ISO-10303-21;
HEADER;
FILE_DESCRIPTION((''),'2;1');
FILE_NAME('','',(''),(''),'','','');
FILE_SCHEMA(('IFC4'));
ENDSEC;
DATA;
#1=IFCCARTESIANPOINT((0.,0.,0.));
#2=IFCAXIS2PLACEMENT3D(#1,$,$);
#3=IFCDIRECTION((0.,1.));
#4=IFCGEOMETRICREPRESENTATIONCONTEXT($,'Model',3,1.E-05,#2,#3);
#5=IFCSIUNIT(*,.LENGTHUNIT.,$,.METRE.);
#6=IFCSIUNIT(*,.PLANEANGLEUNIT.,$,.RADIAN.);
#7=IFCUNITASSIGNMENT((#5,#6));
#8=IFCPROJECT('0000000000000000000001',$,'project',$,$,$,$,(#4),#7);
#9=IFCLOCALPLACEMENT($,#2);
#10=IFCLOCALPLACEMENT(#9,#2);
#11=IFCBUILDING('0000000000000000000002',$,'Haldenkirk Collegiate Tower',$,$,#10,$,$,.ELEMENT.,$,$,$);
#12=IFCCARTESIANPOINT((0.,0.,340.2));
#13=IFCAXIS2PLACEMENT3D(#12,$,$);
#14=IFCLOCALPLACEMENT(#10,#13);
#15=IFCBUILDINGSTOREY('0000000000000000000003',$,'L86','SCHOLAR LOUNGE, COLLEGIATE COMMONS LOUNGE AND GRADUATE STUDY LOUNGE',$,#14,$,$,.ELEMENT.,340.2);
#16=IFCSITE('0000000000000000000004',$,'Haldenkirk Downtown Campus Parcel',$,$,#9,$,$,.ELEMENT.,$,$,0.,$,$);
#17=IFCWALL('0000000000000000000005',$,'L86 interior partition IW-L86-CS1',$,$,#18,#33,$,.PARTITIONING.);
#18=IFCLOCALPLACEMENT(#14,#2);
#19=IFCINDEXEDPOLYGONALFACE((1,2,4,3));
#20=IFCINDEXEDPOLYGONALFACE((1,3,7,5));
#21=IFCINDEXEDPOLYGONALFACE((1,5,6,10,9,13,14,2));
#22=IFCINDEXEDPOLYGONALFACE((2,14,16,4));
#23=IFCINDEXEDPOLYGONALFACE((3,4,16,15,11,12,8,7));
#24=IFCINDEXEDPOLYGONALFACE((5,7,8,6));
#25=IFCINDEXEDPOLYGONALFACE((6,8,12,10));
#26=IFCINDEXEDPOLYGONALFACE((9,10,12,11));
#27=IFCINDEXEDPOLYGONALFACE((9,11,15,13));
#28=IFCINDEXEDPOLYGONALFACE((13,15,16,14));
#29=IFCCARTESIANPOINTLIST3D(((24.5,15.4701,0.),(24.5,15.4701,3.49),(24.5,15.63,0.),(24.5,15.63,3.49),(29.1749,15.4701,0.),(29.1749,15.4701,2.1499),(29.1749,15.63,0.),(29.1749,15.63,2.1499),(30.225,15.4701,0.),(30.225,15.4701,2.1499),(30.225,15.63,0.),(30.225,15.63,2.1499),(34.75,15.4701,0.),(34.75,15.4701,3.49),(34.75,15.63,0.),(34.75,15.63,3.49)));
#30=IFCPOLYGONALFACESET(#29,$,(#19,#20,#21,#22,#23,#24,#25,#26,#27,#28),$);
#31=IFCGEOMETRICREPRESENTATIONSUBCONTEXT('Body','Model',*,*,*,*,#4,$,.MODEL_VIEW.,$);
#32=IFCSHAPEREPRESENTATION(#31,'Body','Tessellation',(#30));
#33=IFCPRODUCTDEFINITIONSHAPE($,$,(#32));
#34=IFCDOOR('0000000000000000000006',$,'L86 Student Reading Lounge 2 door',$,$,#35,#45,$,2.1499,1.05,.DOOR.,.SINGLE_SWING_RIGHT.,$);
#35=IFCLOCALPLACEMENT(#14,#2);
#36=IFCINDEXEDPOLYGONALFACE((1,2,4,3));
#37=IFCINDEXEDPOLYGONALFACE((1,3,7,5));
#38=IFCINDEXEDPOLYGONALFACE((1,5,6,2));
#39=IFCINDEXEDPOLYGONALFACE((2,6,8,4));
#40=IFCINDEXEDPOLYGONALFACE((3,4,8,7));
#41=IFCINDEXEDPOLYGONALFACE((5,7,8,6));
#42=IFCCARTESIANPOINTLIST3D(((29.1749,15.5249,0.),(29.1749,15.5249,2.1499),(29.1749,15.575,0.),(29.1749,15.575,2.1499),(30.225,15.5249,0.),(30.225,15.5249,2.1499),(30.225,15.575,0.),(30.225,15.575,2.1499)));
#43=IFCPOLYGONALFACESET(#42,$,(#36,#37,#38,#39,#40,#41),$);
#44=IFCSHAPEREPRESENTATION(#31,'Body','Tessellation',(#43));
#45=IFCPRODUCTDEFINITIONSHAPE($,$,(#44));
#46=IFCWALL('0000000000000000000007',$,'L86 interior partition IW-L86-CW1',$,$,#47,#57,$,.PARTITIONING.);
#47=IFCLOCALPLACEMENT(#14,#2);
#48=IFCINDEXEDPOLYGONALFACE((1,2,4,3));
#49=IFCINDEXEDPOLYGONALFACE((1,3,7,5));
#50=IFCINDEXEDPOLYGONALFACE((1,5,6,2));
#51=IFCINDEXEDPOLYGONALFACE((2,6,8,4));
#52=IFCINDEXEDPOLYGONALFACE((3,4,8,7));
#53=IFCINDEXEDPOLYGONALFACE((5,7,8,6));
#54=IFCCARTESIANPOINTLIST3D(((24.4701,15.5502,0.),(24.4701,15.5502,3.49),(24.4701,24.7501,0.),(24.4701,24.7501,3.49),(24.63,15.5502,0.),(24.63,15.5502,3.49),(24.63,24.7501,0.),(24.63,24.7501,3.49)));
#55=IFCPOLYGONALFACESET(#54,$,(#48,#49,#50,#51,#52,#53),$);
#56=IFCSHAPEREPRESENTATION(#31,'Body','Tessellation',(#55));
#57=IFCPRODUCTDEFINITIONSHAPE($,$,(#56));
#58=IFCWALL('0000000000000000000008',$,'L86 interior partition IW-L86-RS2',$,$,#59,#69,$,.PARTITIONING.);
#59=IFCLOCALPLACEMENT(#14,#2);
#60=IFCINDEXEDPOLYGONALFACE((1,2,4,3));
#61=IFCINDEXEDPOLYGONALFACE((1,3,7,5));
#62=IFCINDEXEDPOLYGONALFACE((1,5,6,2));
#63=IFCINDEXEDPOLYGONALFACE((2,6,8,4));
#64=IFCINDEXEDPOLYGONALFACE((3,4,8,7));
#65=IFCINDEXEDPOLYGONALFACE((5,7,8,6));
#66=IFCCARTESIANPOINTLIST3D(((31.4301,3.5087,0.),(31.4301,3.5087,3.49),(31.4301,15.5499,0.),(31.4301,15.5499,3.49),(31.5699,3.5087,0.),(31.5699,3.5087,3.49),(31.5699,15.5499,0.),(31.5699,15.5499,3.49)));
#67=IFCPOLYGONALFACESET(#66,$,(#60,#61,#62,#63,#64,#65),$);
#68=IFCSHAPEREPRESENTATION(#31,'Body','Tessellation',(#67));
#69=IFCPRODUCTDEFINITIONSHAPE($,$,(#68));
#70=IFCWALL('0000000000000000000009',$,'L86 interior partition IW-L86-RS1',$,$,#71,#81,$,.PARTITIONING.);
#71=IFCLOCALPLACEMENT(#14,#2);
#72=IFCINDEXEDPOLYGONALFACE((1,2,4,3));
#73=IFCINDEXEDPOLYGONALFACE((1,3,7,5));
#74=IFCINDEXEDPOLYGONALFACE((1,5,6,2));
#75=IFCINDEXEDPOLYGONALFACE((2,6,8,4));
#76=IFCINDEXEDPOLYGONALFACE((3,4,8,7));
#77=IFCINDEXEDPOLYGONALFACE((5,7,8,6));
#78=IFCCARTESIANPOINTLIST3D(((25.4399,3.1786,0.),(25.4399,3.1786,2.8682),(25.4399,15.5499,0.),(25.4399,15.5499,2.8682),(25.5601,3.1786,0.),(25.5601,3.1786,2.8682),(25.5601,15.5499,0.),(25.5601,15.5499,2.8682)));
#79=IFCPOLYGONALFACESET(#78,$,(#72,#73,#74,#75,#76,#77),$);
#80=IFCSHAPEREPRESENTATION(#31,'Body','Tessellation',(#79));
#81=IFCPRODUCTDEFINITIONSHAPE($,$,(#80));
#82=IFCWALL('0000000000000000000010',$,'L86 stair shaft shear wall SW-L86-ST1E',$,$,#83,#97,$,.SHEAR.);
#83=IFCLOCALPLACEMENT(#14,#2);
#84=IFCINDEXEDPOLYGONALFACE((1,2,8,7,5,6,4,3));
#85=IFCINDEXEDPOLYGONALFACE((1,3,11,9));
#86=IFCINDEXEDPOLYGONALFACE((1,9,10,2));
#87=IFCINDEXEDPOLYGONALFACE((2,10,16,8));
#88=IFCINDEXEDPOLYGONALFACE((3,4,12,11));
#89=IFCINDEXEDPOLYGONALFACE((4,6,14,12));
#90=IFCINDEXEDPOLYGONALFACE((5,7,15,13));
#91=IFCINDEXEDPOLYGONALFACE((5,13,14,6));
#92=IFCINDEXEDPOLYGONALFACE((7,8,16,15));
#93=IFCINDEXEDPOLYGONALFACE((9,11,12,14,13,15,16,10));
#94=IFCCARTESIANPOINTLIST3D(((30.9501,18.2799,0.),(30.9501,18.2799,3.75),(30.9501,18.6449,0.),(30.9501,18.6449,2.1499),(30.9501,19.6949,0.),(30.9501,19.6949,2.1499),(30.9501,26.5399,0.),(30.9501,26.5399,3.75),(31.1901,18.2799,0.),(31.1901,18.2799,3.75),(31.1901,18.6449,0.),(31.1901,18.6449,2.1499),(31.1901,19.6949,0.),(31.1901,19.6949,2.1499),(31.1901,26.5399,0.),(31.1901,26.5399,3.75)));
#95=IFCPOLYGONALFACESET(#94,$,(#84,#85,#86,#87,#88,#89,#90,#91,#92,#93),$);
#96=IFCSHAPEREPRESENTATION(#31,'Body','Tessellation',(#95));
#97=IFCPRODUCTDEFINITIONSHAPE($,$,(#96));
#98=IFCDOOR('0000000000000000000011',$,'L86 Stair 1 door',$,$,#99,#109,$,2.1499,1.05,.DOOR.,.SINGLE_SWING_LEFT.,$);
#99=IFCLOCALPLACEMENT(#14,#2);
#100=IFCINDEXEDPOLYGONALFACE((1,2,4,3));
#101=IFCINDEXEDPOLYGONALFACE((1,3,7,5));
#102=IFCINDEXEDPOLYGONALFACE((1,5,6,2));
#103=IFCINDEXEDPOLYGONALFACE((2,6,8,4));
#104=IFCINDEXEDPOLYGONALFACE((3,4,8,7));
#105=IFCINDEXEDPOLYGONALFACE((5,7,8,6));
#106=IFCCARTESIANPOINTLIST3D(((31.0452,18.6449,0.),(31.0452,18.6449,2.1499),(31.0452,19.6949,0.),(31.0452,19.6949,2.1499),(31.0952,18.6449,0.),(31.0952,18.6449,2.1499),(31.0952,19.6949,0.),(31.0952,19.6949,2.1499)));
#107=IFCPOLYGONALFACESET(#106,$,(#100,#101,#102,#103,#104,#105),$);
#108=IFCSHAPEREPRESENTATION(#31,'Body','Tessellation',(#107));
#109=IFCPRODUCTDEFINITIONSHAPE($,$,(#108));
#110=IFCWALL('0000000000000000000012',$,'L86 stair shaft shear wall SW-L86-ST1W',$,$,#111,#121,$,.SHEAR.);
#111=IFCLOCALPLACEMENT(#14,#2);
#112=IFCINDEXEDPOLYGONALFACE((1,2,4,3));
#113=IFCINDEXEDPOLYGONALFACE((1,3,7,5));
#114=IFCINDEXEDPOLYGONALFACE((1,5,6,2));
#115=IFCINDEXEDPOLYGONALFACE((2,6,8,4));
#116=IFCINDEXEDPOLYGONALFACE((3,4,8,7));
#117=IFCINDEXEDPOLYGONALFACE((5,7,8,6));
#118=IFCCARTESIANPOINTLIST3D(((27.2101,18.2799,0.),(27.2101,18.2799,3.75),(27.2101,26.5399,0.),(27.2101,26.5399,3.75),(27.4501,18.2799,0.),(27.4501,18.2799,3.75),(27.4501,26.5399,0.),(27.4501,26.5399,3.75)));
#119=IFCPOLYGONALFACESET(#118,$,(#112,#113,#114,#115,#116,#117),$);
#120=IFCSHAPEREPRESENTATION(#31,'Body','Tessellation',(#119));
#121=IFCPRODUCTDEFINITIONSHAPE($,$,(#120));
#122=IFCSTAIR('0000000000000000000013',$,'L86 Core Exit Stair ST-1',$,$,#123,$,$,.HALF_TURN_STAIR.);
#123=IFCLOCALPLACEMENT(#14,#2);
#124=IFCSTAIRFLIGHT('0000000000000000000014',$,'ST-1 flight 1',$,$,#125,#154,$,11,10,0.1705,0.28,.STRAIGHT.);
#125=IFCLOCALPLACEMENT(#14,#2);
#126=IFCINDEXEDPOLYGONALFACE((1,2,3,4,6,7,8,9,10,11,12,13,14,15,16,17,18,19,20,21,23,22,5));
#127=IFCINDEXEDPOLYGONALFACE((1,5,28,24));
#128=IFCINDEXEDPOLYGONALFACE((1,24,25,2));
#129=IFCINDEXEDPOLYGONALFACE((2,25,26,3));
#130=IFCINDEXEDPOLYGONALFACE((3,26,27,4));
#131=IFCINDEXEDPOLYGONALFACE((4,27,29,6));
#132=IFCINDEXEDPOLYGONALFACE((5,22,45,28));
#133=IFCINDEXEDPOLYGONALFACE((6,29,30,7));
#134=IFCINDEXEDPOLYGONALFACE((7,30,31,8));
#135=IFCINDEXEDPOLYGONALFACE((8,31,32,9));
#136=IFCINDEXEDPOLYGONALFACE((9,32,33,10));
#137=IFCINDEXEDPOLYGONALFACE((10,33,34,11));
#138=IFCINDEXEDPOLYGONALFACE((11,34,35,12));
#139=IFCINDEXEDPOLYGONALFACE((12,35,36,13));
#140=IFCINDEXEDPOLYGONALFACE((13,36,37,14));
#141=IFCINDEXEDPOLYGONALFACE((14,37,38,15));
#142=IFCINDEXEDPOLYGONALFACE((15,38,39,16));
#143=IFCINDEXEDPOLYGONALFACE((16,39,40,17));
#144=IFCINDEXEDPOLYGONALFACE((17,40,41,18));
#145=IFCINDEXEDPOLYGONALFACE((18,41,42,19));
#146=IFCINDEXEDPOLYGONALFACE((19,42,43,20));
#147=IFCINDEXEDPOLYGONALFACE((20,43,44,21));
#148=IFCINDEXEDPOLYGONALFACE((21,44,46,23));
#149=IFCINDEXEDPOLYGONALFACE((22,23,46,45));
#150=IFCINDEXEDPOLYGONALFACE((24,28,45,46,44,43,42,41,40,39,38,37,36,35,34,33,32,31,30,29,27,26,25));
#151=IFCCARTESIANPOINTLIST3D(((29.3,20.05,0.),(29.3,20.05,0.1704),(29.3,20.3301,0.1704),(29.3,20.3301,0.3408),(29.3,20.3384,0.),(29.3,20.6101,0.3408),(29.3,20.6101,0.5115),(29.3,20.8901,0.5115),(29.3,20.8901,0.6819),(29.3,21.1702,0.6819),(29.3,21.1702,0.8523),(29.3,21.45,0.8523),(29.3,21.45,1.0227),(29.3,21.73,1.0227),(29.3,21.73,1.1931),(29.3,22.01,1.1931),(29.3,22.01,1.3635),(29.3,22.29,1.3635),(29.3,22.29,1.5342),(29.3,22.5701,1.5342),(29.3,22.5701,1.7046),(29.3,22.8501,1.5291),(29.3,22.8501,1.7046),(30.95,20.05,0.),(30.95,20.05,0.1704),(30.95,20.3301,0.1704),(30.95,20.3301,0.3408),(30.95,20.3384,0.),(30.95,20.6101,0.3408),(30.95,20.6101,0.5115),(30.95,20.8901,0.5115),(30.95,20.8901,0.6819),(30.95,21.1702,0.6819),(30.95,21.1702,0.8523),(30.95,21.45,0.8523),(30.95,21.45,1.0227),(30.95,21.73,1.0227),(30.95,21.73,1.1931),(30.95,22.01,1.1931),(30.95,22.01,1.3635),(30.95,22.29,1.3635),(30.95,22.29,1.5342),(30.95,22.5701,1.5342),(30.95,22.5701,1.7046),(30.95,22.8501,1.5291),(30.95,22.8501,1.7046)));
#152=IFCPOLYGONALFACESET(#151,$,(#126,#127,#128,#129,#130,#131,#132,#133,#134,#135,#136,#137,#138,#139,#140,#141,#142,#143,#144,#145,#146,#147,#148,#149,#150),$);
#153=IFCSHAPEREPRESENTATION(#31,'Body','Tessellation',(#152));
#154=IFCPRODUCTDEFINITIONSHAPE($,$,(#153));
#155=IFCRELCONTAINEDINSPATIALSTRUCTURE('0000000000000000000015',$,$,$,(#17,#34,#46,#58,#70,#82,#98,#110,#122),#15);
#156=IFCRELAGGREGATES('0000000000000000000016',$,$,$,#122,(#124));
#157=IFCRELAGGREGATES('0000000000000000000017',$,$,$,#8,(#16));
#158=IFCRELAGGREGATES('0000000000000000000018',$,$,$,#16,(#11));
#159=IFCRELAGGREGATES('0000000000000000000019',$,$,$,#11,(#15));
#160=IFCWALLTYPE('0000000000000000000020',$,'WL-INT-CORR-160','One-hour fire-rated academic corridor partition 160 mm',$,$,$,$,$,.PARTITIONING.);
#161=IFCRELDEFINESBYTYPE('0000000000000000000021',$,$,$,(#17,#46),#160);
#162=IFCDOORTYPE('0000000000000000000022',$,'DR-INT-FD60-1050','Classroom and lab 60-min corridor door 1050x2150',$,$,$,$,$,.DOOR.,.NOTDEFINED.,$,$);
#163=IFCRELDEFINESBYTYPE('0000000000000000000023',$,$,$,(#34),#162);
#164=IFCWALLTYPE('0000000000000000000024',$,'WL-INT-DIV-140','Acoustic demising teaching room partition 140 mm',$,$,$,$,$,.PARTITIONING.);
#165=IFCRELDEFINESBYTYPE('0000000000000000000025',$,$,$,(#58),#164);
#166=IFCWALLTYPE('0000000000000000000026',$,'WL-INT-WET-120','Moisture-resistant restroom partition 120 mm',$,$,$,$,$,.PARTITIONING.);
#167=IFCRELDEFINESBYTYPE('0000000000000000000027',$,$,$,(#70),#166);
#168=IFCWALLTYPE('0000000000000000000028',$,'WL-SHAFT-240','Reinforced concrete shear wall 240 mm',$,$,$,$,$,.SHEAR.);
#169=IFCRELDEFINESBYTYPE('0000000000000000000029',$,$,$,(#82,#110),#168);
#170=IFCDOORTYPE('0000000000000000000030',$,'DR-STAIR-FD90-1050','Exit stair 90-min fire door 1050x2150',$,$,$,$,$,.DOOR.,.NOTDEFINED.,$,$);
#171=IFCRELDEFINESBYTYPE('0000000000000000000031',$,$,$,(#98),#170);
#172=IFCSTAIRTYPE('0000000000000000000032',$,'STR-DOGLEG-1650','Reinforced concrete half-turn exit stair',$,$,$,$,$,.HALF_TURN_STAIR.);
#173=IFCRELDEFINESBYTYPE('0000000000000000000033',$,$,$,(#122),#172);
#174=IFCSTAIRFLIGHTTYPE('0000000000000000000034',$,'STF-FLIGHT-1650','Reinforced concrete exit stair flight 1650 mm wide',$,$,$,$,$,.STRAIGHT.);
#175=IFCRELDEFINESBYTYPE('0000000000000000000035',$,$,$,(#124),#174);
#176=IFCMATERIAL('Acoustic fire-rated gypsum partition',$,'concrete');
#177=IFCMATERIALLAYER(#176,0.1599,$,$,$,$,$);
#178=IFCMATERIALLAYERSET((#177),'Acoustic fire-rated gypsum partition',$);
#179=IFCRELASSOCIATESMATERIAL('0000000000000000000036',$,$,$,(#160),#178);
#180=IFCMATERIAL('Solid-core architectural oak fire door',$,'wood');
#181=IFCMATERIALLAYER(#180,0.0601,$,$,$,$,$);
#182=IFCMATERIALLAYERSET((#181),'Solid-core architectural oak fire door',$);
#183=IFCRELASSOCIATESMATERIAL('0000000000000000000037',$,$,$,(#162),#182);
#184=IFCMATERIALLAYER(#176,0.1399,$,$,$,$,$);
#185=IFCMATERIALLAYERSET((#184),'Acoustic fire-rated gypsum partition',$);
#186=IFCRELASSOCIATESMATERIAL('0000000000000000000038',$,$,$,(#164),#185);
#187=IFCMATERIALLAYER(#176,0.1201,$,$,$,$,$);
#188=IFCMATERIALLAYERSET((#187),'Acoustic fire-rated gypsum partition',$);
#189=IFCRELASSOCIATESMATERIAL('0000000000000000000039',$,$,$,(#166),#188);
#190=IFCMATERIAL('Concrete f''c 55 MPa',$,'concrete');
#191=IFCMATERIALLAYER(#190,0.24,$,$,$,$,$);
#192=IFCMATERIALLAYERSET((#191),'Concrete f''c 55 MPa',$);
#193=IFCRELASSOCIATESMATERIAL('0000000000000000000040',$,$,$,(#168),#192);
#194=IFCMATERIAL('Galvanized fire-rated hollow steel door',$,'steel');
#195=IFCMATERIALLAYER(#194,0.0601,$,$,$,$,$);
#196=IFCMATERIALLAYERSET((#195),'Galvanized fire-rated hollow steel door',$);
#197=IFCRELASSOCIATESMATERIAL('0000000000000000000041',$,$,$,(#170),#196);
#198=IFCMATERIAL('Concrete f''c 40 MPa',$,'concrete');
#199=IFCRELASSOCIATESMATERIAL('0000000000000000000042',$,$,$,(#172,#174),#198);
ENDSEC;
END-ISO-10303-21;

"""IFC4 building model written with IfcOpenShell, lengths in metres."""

from ifc_helpers import new_model, si_unit, direction, frame, frame_2d, origin, place, context, subcontext, project, spatial, polyline, rectangle, outline, extrude, material, layer, layer_set, type_object, element, fill, aggregate, save


model = new_model("IFC4")

# Units and contexts
model_context = context("Model", 3, precision=1e-05, world=origin(), true_north=direction((0.0, 1.0)))
body_context = subcontext(model_context, "Body", "Model", "MODEL_VIEW")
ifc_project = project(units=[si_unit("LENGTHUNIT", "METRE"), si_unit("PLANEANGLEUNIT", "RADIAN")], contexts=[model_context])

# Site, building, storey
site_placement = place(None, origin())
site = spatial("IfcSite", under=ifc_project, at=site_placement, Name="Haldenkirk Downtown Campus Parcel", CompositionType="ELEMENT", RefElevation=0.0)
building_placement = place(site_placement, origin())
building = spatial("IfcBuilding", under=site, at=building_placement, Name="Haldenkirk Collegiate Tower", CompositionType="ELEMENT")
storey_placement = place(building_placement, frame((0.0, 0.0, 340.2)))
storey = spatial("IfcBuildingStorey", under=building, at=storey_placement, Name="L86", Description="SCHOLAR LOUNGE, COLLEGIATE COMMONS LOUNGE AND GRADUATE STUDY LOUNGE", CompositionType="ELEMENT", Elevation=340.2)

# Shared definitions
ifc_material_1 = material(Name="Concrete f'c 55 MPa", Category="concrete")
ifc_material_2 = material(Name="Galvanized fire-rated hollow steel door", Category="steel")

# Wall, opening, door
ifc_material_3 = material(Name="Acoustic fire-rated gypsum partition", Category="concrete")
ifc_layer_1 = layer(ifc_material_3, 0.1599)
ifc_layer_set_1 = layer_set([ifc_layer_1], Name="Acoustic fire-rated gypsum partition")
wall_type_1 = type_object("IfcWallType", Name="WL-INT-CORR-160", Description="One-hour fire-rated academic corridor partition 160 mm", PredefinedType="PARTITIONING", material=ifc_layer_set_1)
wall_1_placement = place(storey_placement, frame((24.5, 15.55, 0.0), z_axis=(0.0, 0.0, 1.0), x_axis=(1.0, 0.0, 0.0)))
wall_1 = element("IfcWall", 1, at=wall_1_placement, inside=storey, type_object=wall_type_1, Name="L86 interior partition IW-L86-CS1", PredefinedType="PARTITIONING", context=body_context, shape_type="SweptSolid", body=[
    extrude(rectangle(XDim=10.25, YDim=0.1599, at=frame_2d((5.125, 0.0))), origin(), (0.0, 0.0, 1.0), 3.49),
])
opening_1_placement = place(wall_1_placement, frame((4.675, 0.0, 0.0)))
opening_1 = element("IfcOpeningElement", 2, at=opening_1_placement, cuts=wall_1, PredefinedType="OPENING", context=body_context, shape_type="SweptSolid", body=[
    extrude(rectangle(XDim=1.05, YDim=2.1499, at=frame_2d((0.5249, 1.075))), frame((0.0, 0.0898, 0.0), z_axis=(0.0, -1.0, 0.0), x_axis=(1.0, 0.0, 0.0)), (0.0, 0.0, 1.0), 0.1799),
])
ifc_material_4 = material(Name="Solid-core architectural oak fire door", Category="wood")
ifc_layer_2 = layer(ifc_material_4, 0.0601)
ifc_layer_set_2 = layer_set([ifc_layer_2], Name="Solid-core architectural oak fire door")
door_type_1 = type_object("IfcDoorType", Name="DR-INT-FD60-1050", Description="Classroom and lab 60-min corridor door 1050x2150", OperationType="NOTDEFINED", PredefinedType="DOOR", material=ifc_layer_set_2)
door_1_placement = place(opening_1_placement, origin())
door_1 = element("IfcDoor", 3, at=door_1_placement, inside=storey, type_object=door_type_1, Name="L86 Student Reading Lounge 2 door", OperationType="SINGLE_SWING_RIGHT", OverallHeight=2.1499, OverallWidth=1.05, PredefinedType="DOOR", context=body_context, shape_type="SweptSolid", body=[
    extrude(rectangle(XDim=1.05, YDim=2.1499, at=frame_2d((0.5249, 1.075))), frame((0.0, 0.0249, 0.0), z_axis=(0.0, -1.0, 0.0), x_axis=(1.0, 0.0, 0.0)), (0.0, 0.0, 1.0), 0.05),
])
fill(opening_1, door_1)

# Walls
wall_2_placement = place(storey_placement, frame((24.55, 15.55, 0.0), z_axis=(0.0, 0.0, 1.0), x_axis=(0.0, 1.0, 0.0)))
element("IfcWall", 4, at=wall_2_placement, inside=storey, type_object=wall_type_1, Name="L86 interior partition IW-L86-CW1", PredefinedType="PARTITIONING", context=body_context, shape_type="SweptSolid", body=[
    extrude(rectangle(XDim=9.2, YDim=0.1599, at=frame_2d((4.6001, 0.0))), origin(), (0.0, 0.0, 1.0), 3.49),
])
ifc_layer_3 = layer(ifc_material_3, 0.1399)
ifc_layer_set_3 = layer_set([ifc_layer_3], Name="Acoustic fire-rated gypsum partition")
wall_type_2 = type_object("IfcWallType", Name="WL-INT-DIV-140", Description="Acoustic demising teaching room partition 140 mm", PredefinedType="PARTITIONING", material=ifc_layer_set_3)
wall_3_placement = place(storey_placement, frame((31.5, 3.5088, 0.0), z_axis=(0.0, 0.0, 1.0), x_axis=(0.0, 1.0, 0.0)))
element("IfcWall", 5, at=wall_3_placement, inside=storey, type_object=wall_type_2, Name="L86 interior partition IW-L86-RS2", PredefinedType="PARTITIONING", context=body_context, shape_type="SweptSolid", body=[
    extrude(rectangle(XDim=12.0413, YDim=0.1399, at=frame_2d((6.0205, 0.0))), origin(), (0.0, 0.0, 1.0), 3.49),
])
ifc_layer_4 = layer(ifc_material_3, 0.1201)
ifc_layer_set_4 = layer_set([ifc_layer_4], Name="Acoustic fire-rated gypsum partition")
wall_type_3 = type_object("IfcWallType", Name="WL-INT-WET-120", Description="Moisture-resistant restroom partition 120 mm", PredefinedType="PARTITIONING", material=ifc_layer_set_4)
wall_4_placement = place(storey_placement, frame((25.5, 3.1787, 0.0), z_axis=(0.0, 0.0, 1.0), x_axis=(0.0, 1.0, 0.0)))
element("IfcWall", 6, at=wall_4_placement, inside=storey, type_object=wall_type_3, Name="L86 interior partition IW-L86-RS1", PredefinedType="PARTITIONING", context=body_context, shape_type="SweptSolid", body=[
    extrude(rectangle(XDim=12.3713, YDim=0.1201, at=frame_2d((6.1855, 0.0))), origin(), (0.0, 0.0, 1.0), 2.8682),
])

# Wall, opening, door
ifc_layer_5 = layer(ifc_material_1, 0.24)
ifc_layer_set_5 = layer_set([ifc_layer_5], Name="Concrete f'c 55 MPa")
wall_type_4 = type_object("IfcWallType", Name="WL-SHAFT-240", Description="Reinforced concrete shear wall 240 mm", PredefinedType="SHEAR", material=ifc_layer_set_5)
wall_5_placement = place(storey_placement, frame((31.0701, 18.28, 0.0), z_axis=(0.0, 0.0, 1.0), x_axis=(0.0, 1.0, 0.0)))
wall_5 = element("IfcWall", 7, at=wall_5_placement, inside=storey, type_object=wall_type_4, Name="L86 stair shaft shear wall SW-L86-ST1E", PredefinedType="SHEAR", context=body_context, shape_type="SweptSolid", body=[
    extrude(rectangle(XDim=8.26, YDim=0.24, at=frame_2d((4.1299, 0.0))), origin(), (0.0, 0.0, 1.0), 3.75),
])
opening_2_placement = place(wall_5_placement, frame((0.365, 0.0, 0.0)))
opening_2 = element("IfcOpeningElement", 8, at=opening_2_placement, cuts=wall_5, PredefinedType="OPENING", context=body_context, shape_type="SweptSolid", body=[
    extrude(rectangle(XDim=1.05, YDim=2.1499, at=frame_2d((0.5249, 1.075))), frame((0.0, 0.1299, 0.0), z_axis=(0.0, -1.0, 0.0), x_axis=(1.0, 0.0, 0.0)), (0.0, 0.0, 1.0), 0.26),
])
ifc_layer_6 = layer(ifc_material_2, 0.0601)
ifc_layer_set_6 = layer_set([ifc_layer_6], Name="Galvanized fire-rated hollow steel door")
door_type_2 = type_object("IfcDoorType", Name="DR-STAIR-FD90-1050", Description="Exit stair 90-min fire door 1050x2150", OperationType="NOTDEFINED", PredefinedType="DOOR", material=ifc_layer_set_6)
door_2_placement = place(opening_2_placement, origin())
door_2 = element("IfcDoor", 9, at=door_2_placement, inside=storey, type_object=door_type_2, Name="L86 Stair 1 door", OperationType="SINGLE_SWING_LEFT", OverallHeight=2.1499, OverallWidth=1.05, PredefinedType="DOOR", context=body_context, shape_type="SweptSolid", body=[
    extrude(rectangle(XDim=1.05, YDim=2.1499, at=frame_2d((0.5249, 1.075))), frame((0.0, 0.0249, 0.0), z_axis=(0.0, -1.0, 0.0), x_axis=(1.0, 0.0, 0.0)), (0.0, 0.0, 1.0), 0.05),
])
fill(opening_2, door_2)

# Wall
wall_6_placement = place(storey_placement, frame((27.3301, 18.28, 0.0), z_axis=(0.0, 0.0, 1.0), x_axis=(0.0, 1.0, 0.0)))
element("IfcWall", 10, at=wall_6_placement, inside=storey, type_object=wall_type_4, Name="L86 stair shaft shear wall SW-L86-ST1W", PredefinedType="SHEAR", context=body_context, shape_type="SweptSolid", body=[
    extrude(rectangle(XDim=8.26, YDim=0.24, at=frame_2d((4.1299, 0.0))), origin(), (0.0, 0.0, 1.0), 3.75),
])

# Stair, stair flight
ifc_material_5 = material(Name="Concrete f'c 40 MPa", Category="concrete")
stair_type = type_object("IfcStairType", Name="STR-DOGLEG-1650", Description="Reinforced concrete half-turn exit stair", PredefinedType="HALF_TURN_STAIR", material=ifc_material_5)
stair_placement = place(storey_placement, origin())
stair = element("IfcStair", 11, at=stair_placement, inside=storey, type_object=stair_type, Name="L86 Core Exit Stair ST-1", PredefinedType="HALF_TURN_STAIR")
stair_flight_type = type_object("IfcStairFlightType", Name="STF-FLIGHT-1650", Description="Reinforced concrete exit stair flight 1650 mm wide", PredefinedType="STRAIGHT", material=ifc_material_5)
stair_flight_placement = place(storey_placement, frame((30.125, 20.05, 0.0), z_axis=(0.0, 0.0, 1.0), x_axis=(0.0, 1.0, 0.0)))
stair_flight = element("IfcStairFlight", 12, at=stair_flight_placement, type_object=stair_flight_type, Name="ST-1 flight 1", NumberOfRisers=11, NumberOfTreads=10, PredefinedType="STRAIGHT", RiserHeight=0.1705, TreadLength=0.28, context=body_context, shape_type="SweptSolid", body=[
    extrude(outline(polyline([(0.0, 0.0), (0.0, 0.1704), (0.28, 0.1704), (0.28, 0.3408), (0.5601, 0.3408), (0.5601, 0.5115), (0.8401, 0.5115), (0.8401, 0.6819), (1.1201, 0.6819), (1.1201, 0.8523), (1.3999, 0.8523), (1.3999, 1.0227), (1.6799, 1.0227), (1.6799, 1.1931), (1.96, 1.1931), (1.96, 1.3635), (2.24, 1.3635), (2.24, 1.5342), (2.52, 1.5342), (2.52, 1.7046), (2.8, 1.7046), (2.8, 1.875), (2.8, 1.5291), (0.2883, 0.0), (0.0, 0.0)])), frame((0.0, 0.825, 0.0), z_axis=(0.0, -1.0, 0.0), x_axis=(1.0, 0.0, 0.0)), (0.0, 0.0, 1.0), 1.6499),
])
aggregate(stair, [stair_flight])

save(model, "model.ifc")
